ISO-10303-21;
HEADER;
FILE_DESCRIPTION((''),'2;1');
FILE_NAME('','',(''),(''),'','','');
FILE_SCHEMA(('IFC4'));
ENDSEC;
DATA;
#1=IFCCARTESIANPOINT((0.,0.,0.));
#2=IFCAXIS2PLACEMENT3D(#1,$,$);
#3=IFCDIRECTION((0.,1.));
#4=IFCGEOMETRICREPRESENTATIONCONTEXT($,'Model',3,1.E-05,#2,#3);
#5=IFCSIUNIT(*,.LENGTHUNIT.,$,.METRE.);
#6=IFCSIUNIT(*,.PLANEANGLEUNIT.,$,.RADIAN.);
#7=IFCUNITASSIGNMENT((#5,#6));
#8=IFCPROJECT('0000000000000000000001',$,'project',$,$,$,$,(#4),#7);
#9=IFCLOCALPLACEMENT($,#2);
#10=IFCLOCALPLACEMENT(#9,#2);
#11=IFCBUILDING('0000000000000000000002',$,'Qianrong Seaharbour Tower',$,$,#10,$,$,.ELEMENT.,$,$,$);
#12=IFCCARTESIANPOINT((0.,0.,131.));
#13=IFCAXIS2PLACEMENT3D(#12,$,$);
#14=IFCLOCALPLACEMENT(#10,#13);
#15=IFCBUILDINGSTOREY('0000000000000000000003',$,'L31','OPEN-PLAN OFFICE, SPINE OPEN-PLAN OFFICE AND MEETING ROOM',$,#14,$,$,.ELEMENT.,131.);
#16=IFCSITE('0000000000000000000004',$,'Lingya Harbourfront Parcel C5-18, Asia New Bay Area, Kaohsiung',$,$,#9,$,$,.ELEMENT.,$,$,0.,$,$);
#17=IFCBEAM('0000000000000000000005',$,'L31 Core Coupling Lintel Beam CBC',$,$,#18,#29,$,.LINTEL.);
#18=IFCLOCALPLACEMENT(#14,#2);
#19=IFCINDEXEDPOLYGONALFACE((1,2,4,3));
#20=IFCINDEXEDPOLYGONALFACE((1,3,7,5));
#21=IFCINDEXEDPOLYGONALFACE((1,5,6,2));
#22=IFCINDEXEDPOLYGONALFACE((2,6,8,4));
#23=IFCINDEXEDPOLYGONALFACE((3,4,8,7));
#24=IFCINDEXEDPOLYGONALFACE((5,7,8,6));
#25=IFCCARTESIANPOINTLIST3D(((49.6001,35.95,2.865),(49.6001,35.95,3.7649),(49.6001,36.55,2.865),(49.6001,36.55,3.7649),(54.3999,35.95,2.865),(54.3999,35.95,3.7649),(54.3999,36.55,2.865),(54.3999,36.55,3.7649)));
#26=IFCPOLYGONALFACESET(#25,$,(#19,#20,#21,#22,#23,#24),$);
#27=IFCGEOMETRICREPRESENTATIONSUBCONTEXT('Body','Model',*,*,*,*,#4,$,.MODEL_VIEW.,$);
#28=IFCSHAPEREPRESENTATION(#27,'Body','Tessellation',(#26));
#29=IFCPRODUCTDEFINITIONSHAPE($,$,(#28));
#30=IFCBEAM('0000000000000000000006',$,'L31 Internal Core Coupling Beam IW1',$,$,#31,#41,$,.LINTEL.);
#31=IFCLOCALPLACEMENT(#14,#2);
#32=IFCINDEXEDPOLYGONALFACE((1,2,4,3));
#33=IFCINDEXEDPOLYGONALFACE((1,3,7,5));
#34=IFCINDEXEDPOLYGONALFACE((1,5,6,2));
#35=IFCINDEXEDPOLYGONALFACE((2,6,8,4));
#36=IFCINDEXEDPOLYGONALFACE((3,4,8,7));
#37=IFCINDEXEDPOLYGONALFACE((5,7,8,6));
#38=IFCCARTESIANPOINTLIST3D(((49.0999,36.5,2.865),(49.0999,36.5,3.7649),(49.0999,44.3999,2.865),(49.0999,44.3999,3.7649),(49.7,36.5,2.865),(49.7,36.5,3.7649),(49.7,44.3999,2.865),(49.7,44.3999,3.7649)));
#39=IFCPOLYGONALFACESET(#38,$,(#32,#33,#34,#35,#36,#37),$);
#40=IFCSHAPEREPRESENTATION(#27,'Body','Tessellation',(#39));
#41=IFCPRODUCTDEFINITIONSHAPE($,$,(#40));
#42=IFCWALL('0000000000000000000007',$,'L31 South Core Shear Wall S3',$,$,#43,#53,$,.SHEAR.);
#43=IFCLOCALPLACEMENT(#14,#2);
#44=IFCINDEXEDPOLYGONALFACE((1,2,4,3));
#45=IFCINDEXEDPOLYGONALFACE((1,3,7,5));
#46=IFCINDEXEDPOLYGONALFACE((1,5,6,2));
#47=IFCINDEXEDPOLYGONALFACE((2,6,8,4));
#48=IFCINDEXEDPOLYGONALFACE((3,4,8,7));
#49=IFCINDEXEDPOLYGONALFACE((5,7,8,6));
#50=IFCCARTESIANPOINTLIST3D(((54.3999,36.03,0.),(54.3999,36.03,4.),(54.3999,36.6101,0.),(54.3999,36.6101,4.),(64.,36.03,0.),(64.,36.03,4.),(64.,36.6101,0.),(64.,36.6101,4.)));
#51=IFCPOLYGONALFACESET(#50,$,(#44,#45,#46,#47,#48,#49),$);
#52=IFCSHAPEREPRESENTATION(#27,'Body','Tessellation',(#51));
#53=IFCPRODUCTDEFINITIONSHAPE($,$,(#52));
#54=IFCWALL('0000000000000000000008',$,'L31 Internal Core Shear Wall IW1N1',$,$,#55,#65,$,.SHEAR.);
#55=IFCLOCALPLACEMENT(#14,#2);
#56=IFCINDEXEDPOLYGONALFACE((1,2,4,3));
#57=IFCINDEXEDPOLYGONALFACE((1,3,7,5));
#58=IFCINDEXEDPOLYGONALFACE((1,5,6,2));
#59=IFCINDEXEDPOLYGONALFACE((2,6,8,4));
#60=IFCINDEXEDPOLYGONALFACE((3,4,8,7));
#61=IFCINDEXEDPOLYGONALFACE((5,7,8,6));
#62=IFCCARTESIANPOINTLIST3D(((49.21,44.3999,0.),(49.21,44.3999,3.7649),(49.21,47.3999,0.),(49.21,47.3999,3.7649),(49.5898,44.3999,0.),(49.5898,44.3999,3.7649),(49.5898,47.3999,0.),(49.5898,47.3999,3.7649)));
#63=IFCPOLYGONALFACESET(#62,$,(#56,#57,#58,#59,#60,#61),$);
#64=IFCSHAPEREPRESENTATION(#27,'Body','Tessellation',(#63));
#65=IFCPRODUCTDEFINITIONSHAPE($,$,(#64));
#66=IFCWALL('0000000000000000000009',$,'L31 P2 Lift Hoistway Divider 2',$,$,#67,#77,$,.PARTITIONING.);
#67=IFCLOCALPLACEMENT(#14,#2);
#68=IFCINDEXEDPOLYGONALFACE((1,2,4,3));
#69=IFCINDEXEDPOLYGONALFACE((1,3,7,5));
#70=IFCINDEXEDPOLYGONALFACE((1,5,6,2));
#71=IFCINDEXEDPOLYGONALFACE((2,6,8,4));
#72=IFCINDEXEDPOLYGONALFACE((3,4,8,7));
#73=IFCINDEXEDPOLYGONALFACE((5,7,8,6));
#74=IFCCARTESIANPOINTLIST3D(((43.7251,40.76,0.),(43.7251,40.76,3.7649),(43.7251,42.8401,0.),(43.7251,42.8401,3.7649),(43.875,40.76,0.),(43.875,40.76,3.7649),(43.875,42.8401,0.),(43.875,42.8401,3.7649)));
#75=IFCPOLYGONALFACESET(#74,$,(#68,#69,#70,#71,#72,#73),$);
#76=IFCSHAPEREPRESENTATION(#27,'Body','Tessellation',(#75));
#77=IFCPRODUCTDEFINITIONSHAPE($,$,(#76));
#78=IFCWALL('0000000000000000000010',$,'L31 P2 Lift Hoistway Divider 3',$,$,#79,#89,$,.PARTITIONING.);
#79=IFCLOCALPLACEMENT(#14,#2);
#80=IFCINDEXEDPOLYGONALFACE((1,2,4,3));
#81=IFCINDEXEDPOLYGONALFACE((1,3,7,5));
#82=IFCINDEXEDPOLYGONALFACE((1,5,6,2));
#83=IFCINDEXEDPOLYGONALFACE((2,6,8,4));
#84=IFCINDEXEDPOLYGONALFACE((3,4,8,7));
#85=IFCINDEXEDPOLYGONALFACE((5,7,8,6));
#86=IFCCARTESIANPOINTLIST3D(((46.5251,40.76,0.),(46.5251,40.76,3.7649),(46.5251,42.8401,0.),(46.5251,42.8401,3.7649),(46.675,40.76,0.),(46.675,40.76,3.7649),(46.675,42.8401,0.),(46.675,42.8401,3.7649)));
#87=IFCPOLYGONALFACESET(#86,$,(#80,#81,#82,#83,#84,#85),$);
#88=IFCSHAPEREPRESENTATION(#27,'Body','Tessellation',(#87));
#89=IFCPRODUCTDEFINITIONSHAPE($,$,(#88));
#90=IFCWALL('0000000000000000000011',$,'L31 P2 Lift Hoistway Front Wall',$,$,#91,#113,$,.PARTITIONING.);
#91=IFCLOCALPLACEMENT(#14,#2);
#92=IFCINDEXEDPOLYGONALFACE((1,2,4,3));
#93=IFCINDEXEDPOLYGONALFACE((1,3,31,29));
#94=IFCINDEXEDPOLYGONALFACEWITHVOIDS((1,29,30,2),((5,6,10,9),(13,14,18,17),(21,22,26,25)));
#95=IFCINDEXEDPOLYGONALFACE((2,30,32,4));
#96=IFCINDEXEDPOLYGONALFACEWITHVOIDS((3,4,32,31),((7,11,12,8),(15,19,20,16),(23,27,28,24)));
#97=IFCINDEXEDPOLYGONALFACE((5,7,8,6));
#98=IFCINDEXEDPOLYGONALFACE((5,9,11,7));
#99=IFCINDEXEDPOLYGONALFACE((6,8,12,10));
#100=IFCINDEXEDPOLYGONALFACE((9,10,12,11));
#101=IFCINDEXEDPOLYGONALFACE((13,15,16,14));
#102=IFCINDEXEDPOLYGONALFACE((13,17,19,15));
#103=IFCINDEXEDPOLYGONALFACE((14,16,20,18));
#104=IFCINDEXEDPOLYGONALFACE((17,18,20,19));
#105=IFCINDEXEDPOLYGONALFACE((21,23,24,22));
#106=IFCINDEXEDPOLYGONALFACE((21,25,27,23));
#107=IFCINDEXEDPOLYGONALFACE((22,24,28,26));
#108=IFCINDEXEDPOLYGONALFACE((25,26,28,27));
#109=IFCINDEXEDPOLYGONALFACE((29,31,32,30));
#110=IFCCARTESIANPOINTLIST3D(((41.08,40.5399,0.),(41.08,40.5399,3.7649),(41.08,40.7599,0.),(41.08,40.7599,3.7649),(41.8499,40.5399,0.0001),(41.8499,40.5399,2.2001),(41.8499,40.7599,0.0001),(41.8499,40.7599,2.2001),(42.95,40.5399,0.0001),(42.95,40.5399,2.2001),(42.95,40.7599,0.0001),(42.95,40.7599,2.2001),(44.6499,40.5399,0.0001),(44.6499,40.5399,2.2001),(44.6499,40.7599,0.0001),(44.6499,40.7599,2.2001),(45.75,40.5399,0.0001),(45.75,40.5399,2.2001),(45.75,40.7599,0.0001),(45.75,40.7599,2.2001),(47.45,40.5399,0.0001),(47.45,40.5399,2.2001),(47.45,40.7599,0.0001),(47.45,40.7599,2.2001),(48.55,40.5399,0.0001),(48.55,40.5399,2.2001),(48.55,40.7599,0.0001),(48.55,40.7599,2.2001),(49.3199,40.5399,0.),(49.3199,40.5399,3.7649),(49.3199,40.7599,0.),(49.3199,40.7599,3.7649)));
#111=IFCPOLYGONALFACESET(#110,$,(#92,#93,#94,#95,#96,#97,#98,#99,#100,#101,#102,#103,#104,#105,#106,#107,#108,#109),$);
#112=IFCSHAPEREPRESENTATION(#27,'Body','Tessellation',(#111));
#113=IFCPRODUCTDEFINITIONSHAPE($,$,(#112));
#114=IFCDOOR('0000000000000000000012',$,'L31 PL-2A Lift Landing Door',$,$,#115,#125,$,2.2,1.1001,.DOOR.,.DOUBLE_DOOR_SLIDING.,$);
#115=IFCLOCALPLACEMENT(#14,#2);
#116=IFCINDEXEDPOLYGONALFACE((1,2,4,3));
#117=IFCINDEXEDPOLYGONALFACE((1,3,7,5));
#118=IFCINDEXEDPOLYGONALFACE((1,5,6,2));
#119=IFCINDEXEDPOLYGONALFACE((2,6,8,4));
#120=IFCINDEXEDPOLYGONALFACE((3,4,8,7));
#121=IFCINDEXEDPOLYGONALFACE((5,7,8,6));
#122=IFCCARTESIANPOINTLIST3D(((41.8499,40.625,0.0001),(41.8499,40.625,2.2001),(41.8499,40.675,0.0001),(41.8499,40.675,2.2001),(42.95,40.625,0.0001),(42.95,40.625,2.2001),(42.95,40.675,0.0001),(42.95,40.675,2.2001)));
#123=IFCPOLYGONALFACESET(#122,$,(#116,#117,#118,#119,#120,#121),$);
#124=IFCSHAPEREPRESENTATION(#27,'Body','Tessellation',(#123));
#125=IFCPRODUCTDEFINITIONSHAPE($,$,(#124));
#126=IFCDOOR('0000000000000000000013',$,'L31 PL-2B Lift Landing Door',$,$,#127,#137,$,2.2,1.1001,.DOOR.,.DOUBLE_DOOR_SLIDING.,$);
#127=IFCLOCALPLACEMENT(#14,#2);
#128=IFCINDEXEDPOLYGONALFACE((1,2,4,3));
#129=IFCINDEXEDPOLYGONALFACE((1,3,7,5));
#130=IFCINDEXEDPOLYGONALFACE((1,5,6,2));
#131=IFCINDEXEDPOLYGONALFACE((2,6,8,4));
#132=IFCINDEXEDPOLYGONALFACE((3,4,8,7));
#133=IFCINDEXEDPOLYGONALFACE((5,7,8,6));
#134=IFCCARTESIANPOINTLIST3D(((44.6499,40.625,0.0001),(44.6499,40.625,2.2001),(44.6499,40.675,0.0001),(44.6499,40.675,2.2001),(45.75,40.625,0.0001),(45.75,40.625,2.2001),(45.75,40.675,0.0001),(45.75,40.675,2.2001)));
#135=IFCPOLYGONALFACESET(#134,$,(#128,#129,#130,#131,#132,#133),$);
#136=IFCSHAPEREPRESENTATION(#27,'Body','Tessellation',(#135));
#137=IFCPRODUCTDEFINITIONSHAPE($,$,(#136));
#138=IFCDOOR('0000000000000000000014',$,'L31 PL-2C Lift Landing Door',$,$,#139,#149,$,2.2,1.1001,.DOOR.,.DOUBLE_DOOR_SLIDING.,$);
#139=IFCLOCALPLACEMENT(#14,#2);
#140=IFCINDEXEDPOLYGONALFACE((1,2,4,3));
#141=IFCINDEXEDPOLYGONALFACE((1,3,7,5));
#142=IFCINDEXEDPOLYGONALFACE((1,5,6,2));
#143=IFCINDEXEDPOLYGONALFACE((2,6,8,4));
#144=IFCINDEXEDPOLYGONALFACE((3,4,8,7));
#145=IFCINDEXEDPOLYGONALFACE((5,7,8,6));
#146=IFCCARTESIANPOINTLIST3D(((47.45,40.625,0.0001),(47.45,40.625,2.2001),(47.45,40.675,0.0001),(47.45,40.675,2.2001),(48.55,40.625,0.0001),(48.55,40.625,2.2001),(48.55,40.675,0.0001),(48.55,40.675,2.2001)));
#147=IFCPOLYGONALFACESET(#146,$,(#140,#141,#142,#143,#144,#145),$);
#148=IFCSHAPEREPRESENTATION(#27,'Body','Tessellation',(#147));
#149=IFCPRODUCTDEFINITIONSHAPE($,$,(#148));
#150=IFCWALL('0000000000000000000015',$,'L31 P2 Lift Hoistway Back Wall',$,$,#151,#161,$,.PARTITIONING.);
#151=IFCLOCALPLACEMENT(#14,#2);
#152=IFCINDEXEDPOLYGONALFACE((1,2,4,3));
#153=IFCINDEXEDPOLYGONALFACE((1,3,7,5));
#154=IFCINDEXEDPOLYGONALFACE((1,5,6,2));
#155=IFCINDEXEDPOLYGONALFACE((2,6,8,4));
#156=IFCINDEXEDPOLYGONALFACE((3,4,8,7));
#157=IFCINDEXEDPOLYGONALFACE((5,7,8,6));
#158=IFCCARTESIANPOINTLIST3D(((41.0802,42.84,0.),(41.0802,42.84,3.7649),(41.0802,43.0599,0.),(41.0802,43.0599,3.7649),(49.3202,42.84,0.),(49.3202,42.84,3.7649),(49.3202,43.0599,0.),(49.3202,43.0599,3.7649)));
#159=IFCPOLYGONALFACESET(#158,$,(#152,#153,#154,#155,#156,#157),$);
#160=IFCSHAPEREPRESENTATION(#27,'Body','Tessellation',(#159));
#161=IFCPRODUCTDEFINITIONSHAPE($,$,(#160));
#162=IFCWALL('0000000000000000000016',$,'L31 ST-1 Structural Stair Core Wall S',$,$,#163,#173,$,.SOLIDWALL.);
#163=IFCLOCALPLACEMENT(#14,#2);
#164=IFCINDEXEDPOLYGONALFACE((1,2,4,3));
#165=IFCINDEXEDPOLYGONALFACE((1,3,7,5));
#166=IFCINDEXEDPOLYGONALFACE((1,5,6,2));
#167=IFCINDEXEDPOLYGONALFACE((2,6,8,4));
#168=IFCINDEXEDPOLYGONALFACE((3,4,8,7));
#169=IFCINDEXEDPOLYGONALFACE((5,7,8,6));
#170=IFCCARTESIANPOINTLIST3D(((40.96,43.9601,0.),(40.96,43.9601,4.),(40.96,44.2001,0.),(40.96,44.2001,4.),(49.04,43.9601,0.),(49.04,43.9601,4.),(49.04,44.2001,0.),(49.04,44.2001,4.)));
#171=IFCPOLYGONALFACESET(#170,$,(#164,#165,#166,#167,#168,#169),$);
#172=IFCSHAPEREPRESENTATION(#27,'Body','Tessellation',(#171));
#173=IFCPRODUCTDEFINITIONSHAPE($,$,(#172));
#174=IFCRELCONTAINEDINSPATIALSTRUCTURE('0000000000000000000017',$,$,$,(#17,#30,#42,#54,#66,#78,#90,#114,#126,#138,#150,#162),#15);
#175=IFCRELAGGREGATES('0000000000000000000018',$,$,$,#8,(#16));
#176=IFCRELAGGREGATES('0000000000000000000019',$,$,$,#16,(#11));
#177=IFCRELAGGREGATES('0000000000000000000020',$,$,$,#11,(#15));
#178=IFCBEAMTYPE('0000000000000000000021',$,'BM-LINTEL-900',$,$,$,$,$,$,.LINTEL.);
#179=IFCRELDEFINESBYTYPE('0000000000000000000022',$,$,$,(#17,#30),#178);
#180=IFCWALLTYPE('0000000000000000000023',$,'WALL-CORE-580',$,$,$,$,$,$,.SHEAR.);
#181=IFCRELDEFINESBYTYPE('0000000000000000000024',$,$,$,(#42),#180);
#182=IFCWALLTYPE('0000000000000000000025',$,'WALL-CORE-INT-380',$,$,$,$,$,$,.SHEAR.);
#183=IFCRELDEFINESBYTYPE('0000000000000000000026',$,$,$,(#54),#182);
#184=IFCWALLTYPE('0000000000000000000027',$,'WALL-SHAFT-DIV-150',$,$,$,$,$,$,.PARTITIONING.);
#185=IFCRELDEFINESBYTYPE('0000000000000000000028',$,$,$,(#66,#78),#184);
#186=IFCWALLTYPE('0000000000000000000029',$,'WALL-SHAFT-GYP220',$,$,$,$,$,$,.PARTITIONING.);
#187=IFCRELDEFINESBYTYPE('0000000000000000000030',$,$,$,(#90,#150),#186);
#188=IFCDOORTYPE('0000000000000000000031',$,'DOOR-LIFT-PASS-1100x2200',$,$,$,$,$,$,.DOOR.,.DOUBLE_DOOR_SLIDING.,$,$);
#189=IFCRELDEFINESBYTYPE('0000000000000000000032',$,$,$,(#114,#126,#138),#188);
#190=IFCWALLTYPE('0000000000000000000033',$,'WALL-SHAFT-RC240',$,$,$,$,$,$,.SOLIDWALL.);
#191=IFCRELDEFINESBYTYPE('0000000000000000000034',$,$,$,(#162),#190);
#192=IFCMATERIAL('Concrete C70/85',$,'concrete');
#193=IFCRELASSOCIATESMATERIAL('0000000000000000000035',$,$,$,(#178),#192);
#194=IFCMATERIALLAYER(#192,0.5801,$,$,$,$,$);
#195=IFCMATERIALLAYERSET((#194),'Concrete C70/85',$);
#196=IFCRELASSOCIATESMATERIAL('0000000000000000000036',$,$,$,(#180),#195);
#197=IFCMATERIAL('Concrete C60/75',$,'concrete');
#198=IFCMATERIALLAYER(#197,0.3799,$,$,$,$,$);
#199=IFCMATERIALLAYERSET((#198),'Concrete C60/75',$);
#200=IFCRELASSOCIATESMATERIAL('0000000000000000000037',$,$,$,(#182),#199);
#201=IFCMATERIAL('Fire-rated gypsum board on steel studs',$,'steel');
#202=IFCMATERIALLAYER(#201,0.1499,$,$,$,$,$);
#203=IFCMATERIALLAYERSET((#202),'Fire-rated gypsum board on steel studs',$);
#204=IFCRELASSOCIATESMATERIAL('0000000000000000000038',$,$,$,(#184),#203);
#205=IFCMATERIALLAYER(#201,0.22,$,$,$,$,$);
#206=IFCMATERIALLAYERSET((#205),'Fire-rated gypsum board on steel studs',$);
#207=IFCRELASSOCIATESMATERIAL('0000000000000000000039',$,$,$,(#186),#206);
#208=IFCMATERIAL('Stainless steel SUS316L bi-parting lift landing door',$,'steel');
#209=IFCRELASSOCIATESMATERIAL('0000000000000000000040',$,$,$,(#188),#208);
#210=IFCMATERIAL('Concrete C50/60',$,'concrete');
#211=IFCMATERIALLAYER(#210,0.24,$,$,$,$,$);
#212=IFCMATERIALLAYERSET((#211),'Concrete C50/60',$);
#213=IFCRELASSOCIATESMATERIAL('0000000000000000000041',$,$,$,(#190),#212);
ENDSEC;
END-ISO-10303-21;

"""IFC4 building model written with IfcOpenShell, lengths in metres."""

from ifc_helpers import new_model, si_unit, direction, frame, frame_2d, origin, origin_2d, place, context, subcontext, project, spatial, rectangle, extrude, material, layer, layer_set, material_profile, profile_set, type_object, element, fill, save


model = new_model("IFC4")

# Units and contexts
model_context = context("Model", 3, precision=1e-05, world=origin(), true_north=direction((0.0, 1.0)))
body_context = subcontext(model_context, "Body", "Model", "MODEL_VIEW")
ifc_project = project(units=[si_unit("LENGTHUNIT", "METRE"), si_unit("PLANEANGLEUNIT", "RADIAN")], contexts=[model_context])

# Site, building, storey
site_placement = place(None, origin())
site = spatial("IfcSite", under=ifc_project, at=site_placement, Name="Lingya Harbourfront Parcel C5-18, Asia New Bay Area, Kaohsiung", CompositionType="ELEMENT", RefElevation=0.0)
building_placement = place(site_placement, origin())
building = spatial("IfcBuilding", under=site, at=building_placement, Name="Qianrong Seaharbour Tower", CompositionType="ELEMENT")
storey_placement = place(building_placement, frame((0.0, 0.0, 131.0)))
storey = spatial("IfcBuildingStorey", under=building, at=storey_placement, Name="L31", Description="OPEN-PLAN OFFICE, SPINE OPEN-PLAN OFFICE AND MEETING ROOM", CompositionType="ELEMENT", Elevation=131.0)

# Beams
ifc_material_1 = material(Name="Concrete C70/85", Category="concrete")
ifc_material_profile = material_profile(ifc_material_1, rectangle(XDim=0.6001, YDim=0.8999, at=origin_2d()), Name="RC600x900")
ifc_profile_set = profile_set([ifc_material_profile], Name="Concrete C70/85")
beam_type = type_object("IfcBeamType", Name="BM-LINTEL-900", PredefinedType="LINTEL", material=ifc_profile_set)
beam_1_placement = place(storey_placement, frame((49.6001, 36.25, 3.3149), z_axis=(1.0, 0.0, 0.0), x_axis=(0.0, 1.0, 0.0)))
element("IfcBeam", 1, at=beam_1_placement, inside=storey, type_object=beam_type, Name="L31 Core Coupling Lintel Beam CBC", PredefinedType="LINTEL", context=body_context, shape_type="SweptSolid", body=[
    extrude(rectangle(XDim=0.6001, YDim=0.8999, at=origin_2d()), origin(), (0.0, 0.0, 1.0), 4.7998),
])
beam_2_placement = place(storey_placement, frame((49.3999, 36.5, 3.3149), z_axis=(0.0, 1.0, 0.0), x_axis=(-1.0, 0.0, 0.0)))
element("IfcBeam", 2, at=beam_2_placement, inside=storey, type_object=beam_type, Name="L31 Internal Core Coupling Beam IW1", PredefinedType="LINTEL", context=body_context, shape_type="SweptSolid", body=[
    extrude(rectangle(XDim=0.6001, YDim=0.8999, at=origin_2d()), origin(), (0.0, 0.0, 1.0), 7.8999),
])

# Walls
ifc_layer_1 = layer(ifc_material_1, 0.5801)
ifc_layer_set_1 = layer_set([ifc_layer_1], Name="Concrete C70/85")
wall_type_1 = type_object("IfcWallType", Name="WALL-CORE-580", PredefinedType="SHEAR", material=ifc_layer_set_1)
wall_1_placement = place(storey_placement, frame((54.3999, 36.3201, 0.0), z_axis=(0.0, 0.0, 1.0), x_axis=(1.0, 0.0, 0.0)))
element("IfcWall", 3, at=wall_1_placement, inside=storey, type_object=wall_type_1, Name="L31 South Core Shear Wall S3", PredefinedType="SHEAR", context=body_context, shape_type="SweptSolid", body=[
    extrude(rectangle(XDim=9.6001, YDim=0.5801, at=frame_2d((4.8, 0.0))), origin(), (0.0, 0.0, 1.0), 4.0),
])
ifc_material_2 = material(Name="Concrete C60/75", Category="concrete")
ifc_layer_2 = layer(ifc_material_2, 0.3799)
ifc_layer_set_2 = layer_set([ifc_layer_2], Name="Concrete C60/75")
wall_type_2 = type_object("IfcWallType", Name="WALL-CORE-INT-380", PredefinedType="SHEAR", material=ifc_layer_set_2)
wall_2_placement = place(storey_placement, frame((49.3999, 44.3999, 0.0), z_axis=(0.0, 0.0, 1.0), x_axis=(0.0, 1.0, 0.0)))
element("IfcWall", 4, at=wall_2_placement, inside=storey, type_object=wall_type_2, Name="L31 Internal Core Shear Wall IW1N1", PredefinedType="SHEAR", context=body_context, shape_type="SweptSolid", body=[
    extrude(rectangle(XDim=3.0, YDim=0.3799, at=frame_2d((1.5, 0.0))), origin(), (0.0, 0.0, 1.0), 3.7649),
])
ifc_material_3 = material(Name="Fire-rated gypsum board on steel studs", Category="steel")
ifc_layer_3 = layer(ifc_material_3, 0.1499)
ifc_layer_set_3 = layer_set([ifc_layer_3], Name="Fire-rated gypsum board on steel studs")
wall_type_3 = type_object("IfcWallType", Name="WALL-SHAFT-DIV-150", PredefinedType="PARTITIONING", material=ifc_layer_set_3)
for number, where, z_axis, x_axis, name in (
    (5, (43.8, 40.76, 0.0), (0.0, 0.0, 1.0), (0.0, 1.0, 0.0), "L31 P2 Lift Hoistway Divider 2"),
    (6, (46.6001, 40.76, 0.0), (0.0, 0.0, 1.0), (0.0, 1.0, 0.0), "L31 P2 Lift Hoistway Divider 3"),
):
    element("IfcWall", number, at=place(storey_placement, frame(where, z_axis=z_axis, x_axis=x_axis)), inside=storey, type_object=wall_type_3, Name=name, PredefinedType="PARTITIONING", context=body_context, shape_type="SweptSolid", body=[
        extrude(rectangle(XDim=2.0801, YDim=0.1499, at=frame_2d((1.04, 0.0))), origin(), (0.0, 0.0, 1.0), 3.7649),
    ])

# Wall, openings, doors
ifc_layer_4 = layer(ifc_material_3, 0.22)
ifc_layer_set_4 = layer_set([ifc_layer_4], Name="Fire-rated gypsum board on steel studs")
wall_type_4 = type_object("IfcWallType", Name="WALL-SHAFT-GYP220", PredefinedType="PARTITIONING", material=ifc_layer_set_4)
wall_3_placement = place(storey_placement, frame((49.3201, 40.6499, 0.0), z_axis=(0.0, 0.0, 1.0), x_axis=(-1.0, 0.0, 0.0)))
wall_3 = element("IfcWall", 7, at=wall_3_placement, inside=storey, type_object=wall_type_4, Name="L31 P2 Lift Hoistway Front Wall", PredefinedType="PARTITIONING", context=body_context, shape_type="SweptSolid", body=[
    extrude(rectangle(XDim=8.24, YDim=0.22, at=frame_2d((4.1201, 0.0))), origin(), (0.0, 0.0, 1.0), 3.7649),
])
opening_1_placement = place(wall_3_placement, frame((6.3701, 0.0, 0.0)))
opening_1 = element("IfcOpeningElement", 8, at=opening_1_placement, cuts=wall_3, PredefinedType="OPENING", context=body_context, shape_type="SweptSolid", body=[
    extrude(rectangle(XDim=1.1001, YDim=2.2, at=frame_2d((0.55, 1.1001))), frame((0.0, 0.1201, 0.0), z_axis=(0.0, -1.0, 0.0), x_axis=(1.0, 0.0, 0.0)), (0.0, 0.0, 1.0), 0.24),
])
opening_2_placement = place(wall_3_placement, frame((3.5701, 0.0, 0.0)))
opening_2 = element("IfcOpeningElement", 9, at=opening_2_placement, cuts=wall_3, PredefinedType="OPENING", context=body_context, shape_type="SweptSolid", body=[
    extrude(rectangle(XDim=1.1001, YDim=2.2, at=frame_2d((0.55, 1.1001))), frame((0.0, 0.1201, 0.0), z_axis=(0.0, -1.0, 0.0), x_axis=(1.0, 0.0, 0.0)), (0.0, 0.0, 1.0), 0.24),
])
opening_3_placement = place(wall_3_placement, frame((0.77, 0.0, 0.0)))
opening_3 = element("IfcOpeningElement", 10, at=opening_3_placement, cuts=wall_3, PredefinedType="OPENING", context=body_context, shape_type="SweptSolid", body=[
    extrude(rectangle(XDim=1.1001, YDim=2.2, at=frame_2d((0.55, 1.1001))), frame((0.0, 0.1201, 0.0), z_axis=(0.0, -1.0, 0.0), x_axis=(1.0, 0.0, 0.0)), (0.0, 0.0, 1.0), 0.24),
])
ifc_material_4 = material(Name="Stainless steel SUS316L bi-parting lift landing door", Category="steel")
door_type = type_object("IfcDoorType", Name="DOOR-LIFT-PASS-1100x2200", OperationType="DOUBLE_DOOR_SLIDING", PredefinedType="DOOR", material=ifc_material_4)
door_1_placement = place(opening_1_placement, origin())
door_1 = element("IfcDoor", 11, at=door_1_placement, inside=storey, type_object=door_type, Name="L31 PL-2A Lift Landing Door", OperationType="DOUBLE_DOOR_SLIDING", OverallHeight=2.2, OverallWidth=1.1001, PredefinedType="DOOR", context=body_context, shape_type="SweptSolid", body=[
    extrude(rectangle(XDim=1.1001, YDim=2.2, at=frame_2d((0.55, 1.1001))), frame((0.0, 0.0249, 0.0), z_axis=(0.0, -1.0, 0.0), x_axis=(1.0, 0.0, 0.0)), (0.0, 0.0, 1.0), 0.05),
])
fill(opening_1, door_1)
door_2_placement = place(opening_2_placement, origin())
door_2 = element("IfcDoor", 12, at=door_2_placement, inside=storey, type_object=door_type, Name="L31 PL-2B Lift Landing Door", OperationType="DOUBLE_DOOR_SLIDING", OverallHeight=2.2, OverallWidth=1.1001, PredefinedType="DOOR", context=body_context, shape_type="SweptSolid", body=[
    extrude(rectangle(XDim=1.1001, YDim=2.2, at=frame_2d((0.55, 1.1001))), frame((0.0, 0.0249, 0.0), z_axis=(0.0, -1.0, 0.0), x_axis=(1.0, 0.0, 0.0)), (0.0, 0.0, 1.0), 0.05),
])
fill(opening_2, door_2)
door_3_placement = place(opening_3_placement, origin())
door_3 = element("IfcDoor", 13, at=door_3_placement, inside=storey, type_object=door_type, Name="L31 PL-2C Lift Landing Door", OperationType="DOUBLE_DOOR_SLIDING", OverallHeight=2.2, OverallWidth=1.1001, PredefinedType="DOOR", context=body_context, shape_type="SweptSolid", body=[
    extrude(rectangle(XDim=1.1001, YDim=2.2, at=frame_2d((0.55, 1.1001))), frame((0.0, 0.0249, 0.0), z_axis=(0.0, -1.0, 0.0), x_axis=(1.0, 0.0, 0.0)), (0.0, 0.0, 1.0), 0.05),
])
fill(opening_3, door_3)

# Walls
wall_4_placement = place(storey_placement, frame((41.0801, 42.95, 0.0), z_axis=(0.0, 0.0, 1.0), x_axis=(1.0, 0.0, 0.0)))
element("IfcWall", 14, at=wall_4_placement, inside=storey, type_object=wall_type_4, Name="L31 P2 Lift Hoistway Back Wall", PredefinedType="PARTITIONING", context=body_context, shape_type="SweptSolid", body=[
    extrude(rectangle(XDim=8.24, YDim=0.22, at=frame_2d((4.1201, 0.0))), origin(), (0.0, 0.0, 1.0), 3.7649),
])
ifc_material_5 = material(Name="Concrete C50/60", Category="concrete")
ifc_layer_5 = layer(ifc_material_5, 0.24)
ifc_layer_set_5 = layer_set([ifc_layer_5], Name="Concrete C50/60")
wall_type_5 = type_object("IfcWallType", Name="WALL-SHAFT-RC240", PredefinedType="SOLIDWALL", material=ifc_layer_set_5)
wall_5_placement = place(storey_placement, frame((49.04, 44.0801, 0.0), z_axis=(0.0, 0.0, 1.0), x_axis=(-1.0, 0.0, 0.0)))
element("IfcWall", 15, at=wall_5_placement, inside=storey, type_object=wall_type_5, Name="L31 ST-1 Structural Stair Core Wall S", PredefinedType="SOLIDWALL", context=body_context, shape_type="SweptSolid", body=[
    extrude(rectangle(XDim=8.0801, YDim=0.24, at=frame_2d((4.04, 0.0))), origin(), (0.0, 0.0, 1.0), 4.0),
])

save(model, "model.ifc")
